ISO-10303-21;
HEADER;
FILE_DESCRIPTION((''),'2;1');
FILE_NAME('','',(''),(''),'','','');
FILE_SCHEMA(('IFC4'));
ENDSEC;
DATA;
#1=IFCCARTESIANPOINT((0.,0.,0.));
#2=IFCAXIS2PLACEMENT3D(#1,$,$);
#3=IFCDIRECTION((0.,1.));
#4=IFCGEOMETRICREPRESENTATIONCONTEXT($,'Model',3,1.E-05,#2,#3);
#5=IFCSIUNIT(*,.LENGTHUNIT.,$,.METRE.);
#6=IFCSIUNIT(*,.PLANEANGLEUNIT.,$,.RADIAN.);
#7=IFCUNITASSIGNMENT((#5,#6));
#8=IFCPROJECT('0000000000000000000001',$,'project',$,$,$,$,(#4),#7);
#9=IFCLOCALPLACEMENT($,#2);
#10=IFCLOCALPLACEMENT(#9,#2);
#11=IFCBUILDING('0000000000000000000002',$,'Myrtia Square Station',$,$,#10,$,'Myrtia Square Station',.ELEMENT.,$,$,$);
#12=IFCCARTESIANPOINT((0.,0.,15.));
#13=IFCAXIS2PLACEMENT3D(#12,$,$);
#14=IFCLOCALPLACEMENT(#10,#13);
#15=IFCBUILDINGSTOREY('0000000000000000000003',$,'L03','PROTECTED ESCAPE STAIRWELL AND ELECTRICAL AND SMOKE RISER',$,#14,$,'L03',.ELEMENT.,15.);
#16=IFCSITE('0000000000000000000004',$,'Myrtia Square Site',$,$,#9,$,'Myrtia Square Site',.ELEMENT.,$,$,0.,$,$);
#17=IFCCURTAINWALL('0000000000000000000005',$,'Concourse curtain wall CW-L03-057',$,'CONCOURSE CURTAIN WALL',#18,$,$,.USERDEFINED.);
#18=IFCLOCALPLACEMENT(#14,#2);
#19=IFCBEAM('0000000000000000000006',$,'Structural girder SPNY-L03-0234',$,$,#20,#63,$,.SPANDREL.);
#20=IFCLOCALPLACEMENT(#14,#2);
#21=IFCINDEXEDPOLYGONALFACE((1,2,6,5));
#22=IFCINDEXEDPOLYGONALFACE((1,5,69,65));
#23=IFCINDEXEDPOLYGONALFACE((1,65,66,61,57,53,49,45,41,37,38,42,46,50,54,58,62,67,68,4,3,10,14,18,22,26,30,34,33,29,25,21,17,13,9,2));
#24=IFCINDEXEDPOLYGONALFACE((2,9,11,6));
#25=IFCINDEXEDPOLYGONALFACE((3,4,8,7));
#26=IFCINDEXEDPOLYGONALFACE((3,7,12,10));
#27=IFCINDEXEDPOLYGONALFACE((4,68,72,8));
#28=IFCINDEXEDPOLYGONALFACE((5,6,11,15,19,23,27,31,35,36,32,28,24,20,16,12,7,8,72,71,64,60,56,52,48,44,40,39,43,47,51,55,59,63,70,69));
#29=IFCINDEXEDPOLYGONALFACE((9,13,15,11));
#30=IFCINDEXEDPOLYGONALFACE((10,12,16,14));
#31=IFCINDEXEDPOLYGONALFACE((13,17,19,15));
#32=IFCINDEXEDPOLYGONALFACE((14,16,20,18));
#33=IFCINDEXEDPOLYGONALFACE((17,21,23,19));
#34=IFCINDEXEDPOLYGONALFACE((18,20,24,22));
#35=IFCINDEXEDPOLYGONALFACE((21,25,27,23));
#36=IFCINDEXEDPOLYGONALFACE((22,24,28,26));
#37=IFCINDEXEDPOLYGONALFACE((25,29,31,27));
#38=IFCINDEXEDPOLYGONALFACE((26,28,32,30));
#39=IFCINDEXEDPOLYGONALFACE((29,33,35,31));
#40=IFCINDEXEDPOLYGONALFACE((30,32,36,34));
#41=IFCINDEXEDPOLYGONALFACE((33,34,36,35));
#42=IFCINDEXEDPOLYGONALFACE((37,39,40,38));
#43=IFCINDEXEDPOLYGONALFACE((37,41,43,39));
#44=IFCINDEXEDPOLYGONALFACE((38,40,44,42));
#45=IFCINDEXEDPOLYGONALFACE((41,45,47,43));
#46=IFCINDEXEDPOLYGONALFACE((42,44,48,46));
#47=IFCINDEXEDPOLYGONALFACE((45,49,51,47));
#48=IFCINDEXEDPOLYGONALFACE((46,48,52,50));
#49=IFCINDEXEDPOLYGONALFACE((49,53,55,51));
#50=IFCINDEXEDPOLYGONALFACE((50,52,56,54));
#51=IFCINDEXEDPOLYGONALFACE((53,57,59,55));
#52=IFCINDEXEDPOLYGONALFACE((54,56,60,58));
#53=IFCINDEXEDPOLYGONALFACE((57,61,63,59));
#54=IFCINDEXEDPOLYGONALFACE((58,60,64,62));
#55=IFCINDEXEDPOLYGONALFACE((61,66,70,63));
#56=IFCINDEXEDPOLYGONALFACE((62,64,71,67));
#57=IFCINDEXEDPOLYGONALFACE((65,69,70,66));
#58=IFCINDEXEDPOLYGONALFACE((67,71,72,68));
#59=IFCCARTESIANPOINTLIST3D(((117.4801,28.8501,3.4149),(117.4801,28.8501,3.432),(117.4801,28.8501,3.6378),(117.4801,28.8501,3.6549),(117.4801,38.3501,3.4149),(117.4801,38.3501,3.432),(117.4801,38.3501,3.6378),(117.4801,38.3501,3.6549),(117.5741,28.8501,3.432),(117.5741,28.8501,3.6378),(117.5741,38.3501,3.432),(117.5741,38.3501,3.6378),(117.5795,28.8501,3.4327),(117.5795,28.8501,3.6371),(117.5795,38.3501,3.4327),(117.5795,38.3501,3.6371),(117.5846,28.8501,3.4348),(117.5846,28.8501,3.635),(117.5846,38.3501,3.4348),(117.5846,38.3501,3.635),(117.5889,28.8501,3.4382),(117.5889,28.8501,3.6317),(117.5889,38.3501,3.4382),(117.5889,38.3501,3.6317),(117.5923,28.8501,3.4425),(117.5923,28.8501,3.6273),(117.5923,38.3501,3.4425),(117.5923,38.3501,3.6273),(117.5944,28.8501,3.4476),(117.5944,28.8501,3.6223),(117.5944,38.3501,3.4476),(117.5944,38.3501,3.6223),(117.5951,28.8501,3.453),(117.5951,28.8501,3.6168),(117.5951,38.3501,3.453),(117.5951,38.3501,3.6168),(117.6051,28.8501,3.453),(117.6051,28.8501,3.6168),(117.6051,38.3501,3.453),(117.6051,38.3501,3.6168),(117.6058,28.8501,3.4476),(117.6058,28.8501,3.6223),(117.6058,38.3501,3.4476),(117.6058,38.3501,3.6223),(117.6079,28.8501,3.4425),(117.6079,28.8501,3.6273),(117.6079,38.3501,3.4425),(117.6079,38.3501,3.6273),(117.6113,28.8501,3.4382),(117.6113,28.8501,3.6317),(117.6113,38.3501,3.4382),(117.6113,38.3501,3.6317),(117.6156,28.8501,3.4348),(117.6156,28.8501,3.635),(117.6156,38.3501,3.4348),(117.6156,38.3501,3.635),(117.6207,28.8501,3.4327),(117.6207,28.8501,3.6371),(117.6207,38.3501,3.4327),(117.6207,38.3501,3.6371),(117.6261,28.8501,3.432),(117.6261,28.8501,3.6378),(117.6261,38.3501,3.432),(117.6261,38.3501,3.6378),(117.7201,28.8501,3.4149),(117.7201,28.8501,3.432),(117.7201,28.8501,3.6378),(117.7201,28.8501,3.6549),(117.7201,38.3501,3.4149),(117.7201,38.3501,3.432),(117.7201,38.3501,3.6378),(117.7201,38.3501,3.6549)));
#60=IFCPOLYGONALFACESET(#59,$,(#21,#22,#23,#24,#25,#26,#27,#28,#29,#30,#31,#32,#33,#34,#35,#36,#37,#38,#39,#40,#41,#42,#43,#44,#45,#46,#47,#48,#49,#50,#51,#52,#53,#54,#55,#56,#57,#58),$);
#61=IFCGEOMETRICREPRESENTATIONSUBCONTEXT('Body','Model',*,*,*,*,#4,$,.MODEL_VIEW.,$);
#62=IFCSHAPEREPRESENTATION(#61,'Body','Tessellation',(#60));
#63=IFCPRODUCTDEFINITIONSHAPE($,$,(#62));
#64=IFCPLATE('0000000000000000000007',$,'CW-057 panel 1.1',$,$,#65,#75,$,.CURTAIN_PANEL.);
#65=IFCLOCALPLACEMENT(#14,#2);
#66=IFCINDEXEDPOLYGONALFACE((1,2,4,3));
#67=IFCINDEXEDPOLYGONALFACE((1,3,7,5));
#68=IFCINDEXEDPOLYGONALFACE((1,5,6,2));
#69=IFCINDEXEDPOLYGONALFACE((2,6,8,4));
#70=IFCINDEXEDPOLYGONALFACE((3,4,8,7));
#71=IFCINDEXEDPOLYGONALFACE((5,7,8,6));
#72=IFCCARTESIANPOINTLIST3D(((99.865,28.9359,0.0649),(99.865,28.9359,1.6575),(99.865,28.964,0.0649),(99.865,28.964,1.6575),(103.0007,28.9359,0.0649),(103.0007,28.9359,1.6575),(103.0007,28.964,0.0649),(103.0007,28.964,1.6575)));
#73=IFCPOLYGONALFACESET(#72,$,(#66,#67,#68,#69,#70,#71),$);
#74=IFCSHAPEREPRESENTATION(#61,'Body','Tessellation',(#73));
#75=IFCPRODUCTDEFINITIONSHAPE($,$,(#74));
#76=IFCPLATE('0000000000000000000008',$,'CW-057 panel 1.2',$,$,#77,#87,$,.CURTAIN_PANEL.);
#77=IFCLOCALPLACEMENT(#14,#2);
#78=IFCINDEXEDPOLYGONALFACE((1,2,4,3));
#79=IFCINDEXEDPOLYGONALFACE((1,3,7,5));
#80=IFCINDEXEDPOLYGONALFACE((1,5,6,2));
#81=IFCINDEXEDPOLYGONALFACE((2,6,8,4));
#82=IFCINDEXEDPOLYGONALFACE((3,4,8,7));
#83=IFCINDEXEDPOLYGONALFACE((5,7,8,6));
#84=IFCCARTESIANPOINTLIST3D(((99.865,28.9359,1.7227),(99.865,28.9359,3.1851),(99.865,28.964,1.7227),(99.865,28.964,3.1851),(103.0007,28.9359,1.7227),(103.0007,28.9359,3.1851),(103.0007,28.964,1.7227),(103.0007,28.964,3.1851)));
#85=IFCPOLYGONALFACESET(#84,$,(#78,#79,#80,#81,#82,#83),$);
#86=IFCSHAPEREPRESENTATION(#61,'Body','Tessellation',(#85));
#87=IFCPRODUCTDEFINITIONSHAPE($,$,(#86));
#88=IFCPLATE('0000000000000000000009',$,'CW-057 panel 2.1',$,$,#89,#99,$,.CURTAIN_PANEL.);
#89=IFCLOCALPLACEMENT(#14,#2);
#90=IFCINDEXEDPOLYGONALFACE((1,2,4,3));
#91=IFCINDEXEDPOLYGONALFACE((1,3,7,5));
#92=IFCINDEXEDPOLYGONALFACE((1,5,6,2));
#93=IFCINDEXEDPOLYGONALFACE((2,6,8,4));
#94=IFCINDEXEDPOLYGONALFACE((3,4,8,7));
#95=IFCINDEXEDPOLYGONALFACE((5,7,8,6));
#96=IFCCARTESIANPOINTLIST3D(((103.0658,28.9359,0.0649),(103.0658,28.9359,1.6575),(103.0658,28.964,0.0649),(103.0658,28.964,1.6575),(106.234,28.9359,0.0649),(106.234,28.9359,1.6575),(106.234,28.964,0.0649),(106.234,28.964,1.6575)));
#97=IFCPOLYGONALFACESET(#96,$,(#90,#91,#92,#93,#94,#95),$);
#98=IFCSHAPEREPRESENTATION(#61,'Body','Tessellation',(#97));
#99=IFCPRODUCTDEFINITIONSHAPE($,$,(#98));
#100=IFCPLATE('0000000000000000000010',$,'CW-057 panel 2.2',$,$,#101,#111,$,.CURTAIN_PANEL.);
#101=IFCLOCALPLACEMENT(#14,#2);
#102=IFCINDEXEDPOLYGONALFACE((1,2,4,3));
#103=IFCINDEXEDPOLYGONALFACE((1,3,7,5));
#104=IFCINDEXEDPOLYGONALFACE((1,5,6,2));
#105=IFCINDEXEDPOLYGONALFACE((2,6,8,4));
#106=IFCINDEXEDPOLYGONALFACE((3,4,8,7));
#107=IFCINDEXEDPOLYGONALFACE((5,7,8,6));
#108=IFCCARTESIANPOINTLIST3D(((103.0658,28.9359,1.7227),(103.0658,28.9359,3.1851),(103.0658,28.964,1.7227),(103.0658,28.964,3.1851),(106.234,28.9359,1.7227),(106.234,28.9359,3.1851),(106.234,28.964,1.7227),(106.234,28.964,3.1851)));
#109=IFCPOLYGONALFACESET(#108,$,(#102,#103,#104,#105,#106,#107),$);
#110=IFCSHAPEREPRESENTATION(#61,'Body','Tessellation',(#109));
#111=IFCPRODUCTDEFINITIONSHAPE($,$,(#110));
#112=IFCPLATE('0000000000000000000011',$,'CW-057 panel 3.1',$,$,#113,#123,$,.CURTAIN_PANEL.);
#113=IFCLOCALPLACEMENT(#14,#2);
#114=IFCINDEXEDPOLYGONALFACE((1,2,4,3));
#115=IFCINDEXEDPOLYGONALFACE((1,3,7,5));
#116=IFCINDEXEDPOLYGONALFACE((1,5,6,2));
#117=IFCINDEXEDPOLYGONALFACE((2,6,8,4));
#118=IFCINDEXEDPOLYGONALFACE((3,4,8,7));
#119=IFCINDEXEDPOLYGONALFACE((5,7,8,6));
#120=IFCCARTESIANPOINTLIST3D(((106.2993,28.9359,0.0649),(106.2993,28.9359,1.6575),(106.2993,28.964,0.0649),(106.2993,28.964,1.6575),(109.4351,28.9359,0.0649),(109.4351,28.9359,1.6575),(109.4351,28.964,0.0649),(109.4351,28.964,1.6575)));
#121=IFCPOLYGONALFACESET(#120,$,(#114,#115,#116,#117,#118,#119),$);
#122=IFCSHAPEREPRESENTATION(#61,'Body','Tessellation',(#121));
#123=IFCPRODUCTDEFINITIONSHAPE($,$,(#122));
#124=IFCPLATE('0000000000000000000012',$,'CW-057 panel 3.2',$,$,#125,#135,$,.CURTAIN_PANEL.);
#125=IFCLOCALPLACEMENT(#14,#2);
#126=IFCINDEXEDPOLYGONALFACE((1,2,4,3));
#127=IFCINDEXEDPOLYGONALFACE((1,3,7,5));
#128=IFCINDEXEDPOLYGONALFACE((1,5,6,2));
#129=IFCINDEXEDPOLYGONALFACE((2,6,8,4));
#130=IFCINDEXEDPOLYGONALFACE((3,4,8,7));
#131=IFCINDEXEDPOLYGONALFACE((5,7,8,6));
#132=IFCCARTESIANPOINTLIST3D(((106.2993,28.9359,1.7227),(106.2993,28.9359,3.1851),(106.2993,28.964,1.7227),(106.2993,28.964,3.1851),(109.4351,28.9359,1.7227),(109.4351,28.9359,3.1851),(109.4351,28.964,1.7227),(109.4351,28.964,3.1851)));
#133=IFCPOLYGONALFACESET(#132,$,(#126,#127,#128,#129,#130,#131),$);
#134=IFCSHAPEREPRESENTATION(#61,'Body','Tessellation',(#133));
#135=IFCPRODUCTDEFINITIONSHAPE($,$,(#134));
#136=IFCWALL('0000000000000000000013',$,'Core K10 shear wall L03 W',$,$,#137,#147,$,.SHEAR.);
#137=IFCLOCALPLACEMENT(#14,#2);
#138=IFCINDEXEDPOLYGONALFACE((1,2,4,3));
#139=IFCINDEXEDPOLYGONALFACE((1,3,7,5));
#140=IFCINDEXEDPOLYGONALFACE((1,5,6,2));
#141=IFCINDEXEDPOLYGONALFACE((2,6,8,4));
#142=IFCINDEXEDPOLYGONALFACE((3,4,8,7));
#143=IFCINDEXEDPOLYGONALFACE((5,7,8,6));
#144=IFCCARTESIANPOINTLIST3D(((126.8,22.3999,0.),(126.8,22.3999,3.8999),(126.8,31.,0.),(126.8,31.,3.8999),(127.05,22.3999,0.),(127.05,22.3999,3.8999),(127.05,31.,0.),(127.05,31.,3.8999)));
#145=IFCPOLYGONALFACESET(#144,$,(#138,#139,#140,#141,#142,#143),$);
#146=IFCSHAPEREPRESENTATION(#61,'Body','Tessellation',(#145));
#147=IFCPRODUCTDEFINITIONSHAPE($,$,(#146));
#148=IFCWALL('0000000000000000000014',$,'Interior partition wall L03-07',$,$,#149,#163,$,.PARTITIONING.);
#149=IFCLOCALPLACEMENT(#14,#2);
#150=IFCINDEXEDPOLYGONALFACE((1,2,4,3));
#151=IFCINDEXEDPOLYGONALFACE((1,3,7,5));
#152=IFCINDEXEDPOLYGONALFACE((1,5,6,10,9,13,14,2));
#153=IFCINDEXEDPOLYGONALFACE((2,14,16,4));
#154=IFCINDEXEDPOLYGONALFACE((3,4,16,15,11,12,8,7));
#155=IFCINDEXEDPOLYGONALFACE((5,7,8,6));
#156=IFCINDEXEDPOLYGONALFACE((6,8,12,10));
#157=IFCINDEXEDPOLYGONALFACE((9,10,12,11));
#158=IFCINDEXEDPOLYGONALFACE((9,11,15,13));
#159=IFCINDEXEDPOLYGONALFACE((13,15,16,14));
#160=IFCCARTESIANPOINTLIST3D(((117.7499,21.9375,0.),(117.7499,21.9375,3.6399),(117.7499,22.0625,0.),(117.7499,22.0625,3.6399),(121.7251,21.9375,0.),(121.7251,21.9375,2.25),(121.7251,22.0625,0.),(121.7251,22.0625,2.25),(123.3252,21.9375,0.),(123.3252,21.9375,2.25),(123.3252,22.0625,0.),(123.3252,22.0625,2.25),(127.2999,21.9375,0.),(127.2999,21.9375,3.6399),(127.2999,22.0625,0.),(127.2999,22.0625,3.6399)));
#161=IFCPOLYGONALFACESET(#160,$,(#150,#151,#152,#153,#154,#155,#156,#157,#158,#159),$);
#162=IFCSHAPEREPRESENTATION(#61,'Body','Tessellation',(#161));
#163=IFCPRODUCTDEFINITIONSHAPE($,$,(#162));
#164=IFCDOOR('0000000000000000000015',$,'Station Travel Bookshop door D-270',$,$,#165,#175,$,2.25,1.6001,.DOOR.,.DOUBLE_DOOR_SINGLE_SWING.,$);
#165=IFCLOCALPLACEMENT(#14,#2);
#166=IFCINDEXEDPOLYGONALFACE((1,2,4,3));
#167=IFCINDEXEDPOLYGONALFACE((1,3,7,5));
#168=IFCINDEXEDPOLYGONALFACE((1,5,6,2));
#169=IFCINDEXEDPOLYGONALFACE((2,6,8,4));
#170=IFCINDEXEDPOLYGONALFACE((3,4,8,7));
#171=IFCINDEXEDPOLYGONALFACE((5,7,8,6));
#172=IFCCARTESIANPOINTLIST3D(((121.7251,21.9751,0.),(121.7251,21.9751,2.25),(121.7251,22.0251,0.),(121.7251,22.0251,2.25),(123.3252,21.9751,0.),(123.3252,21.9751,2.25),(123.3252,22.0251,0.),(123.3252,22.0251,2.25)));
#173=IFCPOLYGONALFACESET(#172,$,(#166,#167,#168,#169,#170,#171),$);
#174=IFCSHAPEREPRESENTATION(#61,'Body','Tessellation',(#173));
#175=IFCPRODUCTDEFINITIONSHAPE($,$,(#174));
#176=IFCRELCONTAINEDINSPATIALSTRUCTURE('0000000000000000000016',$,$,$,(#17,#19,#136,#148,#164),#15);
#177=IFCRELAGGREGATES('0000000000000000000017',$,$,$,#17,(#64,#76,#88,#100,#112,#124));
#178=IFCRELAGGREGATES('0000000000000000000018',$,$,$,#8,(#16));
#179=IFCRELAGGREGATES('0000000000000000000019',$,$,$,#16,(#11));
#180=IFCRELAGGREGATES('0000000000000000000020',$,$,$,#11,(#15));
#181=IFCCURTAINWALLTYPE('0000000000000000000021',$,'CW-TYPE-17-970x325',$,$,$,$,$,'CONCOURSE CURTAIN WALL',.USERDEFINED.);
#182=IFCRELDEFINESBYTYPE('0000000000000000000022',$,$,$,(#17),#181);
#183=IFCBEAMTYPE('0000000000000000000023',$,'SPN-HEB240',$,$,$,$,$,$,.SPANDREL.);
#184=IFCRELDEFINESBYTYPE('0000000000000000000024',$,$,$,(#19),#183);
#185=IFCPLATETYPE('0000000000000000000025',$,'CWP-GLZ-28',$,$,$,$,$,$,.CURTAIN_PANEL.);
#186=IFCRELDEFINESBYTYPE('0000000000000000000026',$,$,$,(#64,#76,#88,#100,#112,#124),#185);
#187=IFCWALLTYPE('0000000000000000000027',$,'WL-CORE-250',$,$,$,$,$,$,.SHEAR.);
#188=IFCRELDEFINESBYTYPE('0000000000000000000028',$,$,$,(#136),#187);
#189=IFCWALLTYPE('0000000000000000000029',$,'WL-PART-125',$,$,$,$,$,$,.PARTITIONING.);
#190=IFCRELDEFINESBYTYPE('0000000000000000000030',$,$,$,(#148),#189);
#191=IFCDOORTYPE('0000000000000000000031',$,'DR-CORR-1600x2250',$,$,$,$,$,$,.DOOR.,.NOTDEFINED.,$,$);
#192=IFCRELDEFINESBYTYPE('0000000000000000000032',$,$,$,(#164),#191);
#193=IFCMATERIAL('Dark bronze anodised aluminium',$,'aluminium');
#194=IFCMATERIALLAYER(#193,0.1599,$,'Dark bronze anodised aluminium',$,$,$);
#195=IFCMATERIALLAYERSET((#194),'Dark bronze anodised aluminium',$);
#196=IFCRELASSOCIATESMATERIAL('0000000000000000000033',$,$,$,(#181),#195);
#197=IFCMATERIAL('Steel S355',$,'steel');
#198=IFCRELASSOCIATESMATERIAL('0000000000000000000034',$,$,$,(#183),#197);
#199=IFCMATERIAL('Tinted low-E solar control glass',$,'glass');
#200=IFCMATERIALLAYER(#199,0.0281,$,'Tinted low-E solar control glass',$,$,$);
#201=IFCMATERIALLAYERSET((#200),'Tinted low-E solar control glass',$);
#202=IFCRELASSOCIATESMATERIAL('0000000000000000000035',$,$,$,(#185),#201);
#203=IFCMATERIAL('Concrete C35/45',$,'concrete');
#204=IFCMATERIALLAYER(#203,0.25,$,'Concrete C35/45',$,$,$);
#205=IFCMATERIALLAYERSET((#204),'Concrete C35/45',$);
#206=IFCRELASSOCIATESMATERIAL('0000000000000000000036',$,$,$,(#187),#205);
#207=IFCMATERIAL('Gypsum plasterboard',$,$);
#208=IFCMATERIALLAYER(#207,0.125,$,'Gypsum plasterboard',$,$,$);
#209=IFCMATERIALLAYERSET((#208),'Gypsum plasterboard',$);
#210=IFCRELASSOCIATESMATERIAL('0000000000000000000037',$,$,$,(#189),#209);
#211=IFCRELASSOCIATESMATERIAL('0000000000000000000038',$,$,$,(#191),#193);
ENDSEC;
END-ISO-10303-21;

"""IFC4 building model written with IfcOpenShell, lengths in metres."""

from ifc_helpers import new_model, si_unit, direction, frame, frame_2d, origin, origin_2d, place, context, subcontext, project, spatial, rectangle, i_section, extrude, material, layer, layer_set, material_profile, profile_set, type_object, element, fill, aggregate, save


model = new_model("IFC4")

# Units and contexts
model_context = context("Model", 3, precision=1e-05, world=origin(), true_north=direction((0.0, 1.0)))
body_context = subcontext(model_context, "Body", "Model", "MODEL_VIEW")
ifc_project = project(units=[si_unit("LENGTHUNIT", "METRE"), si_unit("PLANEANGLEUNIT", "RADIAN")], contexts=[model_context])

# Site, building, storey
site_placement = place(None, origin())
site = spatial("IfcSite", under=ifc_project, at=site_placement, Name="Myrtia Square Site", LongName="Myrtia Square Site", CompositionType="ELEMENT", RefElevation=0.0)
building_placement = place(site_placement, origin())
building = spatial("IfcBuilding", under=site, at=building_placement, Name="Myrtia Square Station", LongName="Myrtia Square Station", CompositionType="ELEMENT")
storey_placement = place(building_placement, frame((0.0, 0.0, 15.0)))
storey = spatial("IfcBuildingStorey", under=building, at=storey_placement, Name="L03", Description="PROTECTED ESCAPE STAIRWELL AND ELECTRICAL AND SMOKE RISER", LongName="L03", CompositionType="ELEMENT", Elevation=15.0)

# Shared definitions
ifc_material_1 = material(Name="Steel S355", Category="steel")

# Curtain wall
ifc_material_2 = material(Name="Dark bronze anodised aluminium", Category="aluminium")
ifc_layer_1 = layer(ifc_material_2, 0.1599, Name="Dark bronze anodised aluminium")
ifc_layer_set_1 = layer_set([ifc_layer_1], Name="Dark bronze anodised aluminium")
curtain_wall_type_1 = type_object("IfcCurtainWallType", Name="CW-TYPE-17-970x325", ElementType="CONCOURSE CURTAIN WALL", PredefinedType="USERDEFINED", material=ifc_layer_set_1)
curtain_wall_1_placement = place(storey_placement, origin())
curtain_wall_1 = element("IfcCurtainWall", 1, at=curtain_wall_1_placement, inside=storey, type_object=curtain_wall_type_1, Name="Concourse curtain wall CW-L03-057", ObjectType="CONCOURSE CURTAIN WALL", PredefinedType="USERDEFINED")

# Beam
ifc_material_profile_1 = material_profile(ifc_material_1, i_section(OverallWidth=0.24, OverallDepth=0.24, WebThickness=0.01, FlangeThickness=0.0171, FilletRadius=0.021, at=origin_2d()), Name="HEB 240")
ifc_profile_set_1 = profile_set([ifc_material_profile_1], Name="Steel S355")
beam_type_1 = type_object("IfcBeamType", Name="SPN-HEB240", PredefinedType="SPANDREL", material=ifc_profile_set_1)
beam_1_placement = place(storey_placement, frame((117.6001, 28.8501, 3.5349), z_axis=(0.0, 1.0, 0.0), x_axis=(-1.0, 0.0, 0.0)))
element("IfcBeam", 2, at=beam_1_placement, inside=storey, type_object=beam_type_1, Name="Structural girder SPNY-L03-0234", PredefinedType="SPANDREL", context=body_context, shape_type="SweptSolid", body=[
    extrude(i_section(OverallWidth=0.24, OverallDepth=0.24, WebThickness=0.01, FlangeThickness=0.0171, FilletRadius=0.021, at=origin_2d()), origin(), (0.0, 0.0, 1.0), 9.5),
])

# Plates
ifc_material_3 = material(Name="Tinted low-E solar control glass", Category="glass")
ifc_layer_2 = layer(ifc_material_3, 0.0281, Name="Tinted low-E solar control glass")
ifc_layer_set_2 = layer_set([ifc_layer_2], Name="Tinted low-E solar control glass")
plate_type = type_object("IfcPlateType", Name="CWP-GLZ-28", PredefinedType="CURTAIN_PANEL", material=ifc_layer_set_2)
plate_1_placement = place(storey_placement, frame((101.4329, 28.95, 0.0649), z_axis=(0.0, 0.0, 1.0), x_axis=(1.0, 0.0, 0.0)))
plate_1 = element("IfcPlate", 3, at=plate_1_placement, type_object=plate_type, Name="CW-057 panel 1.1", PredefinedType="CURTAIN_PANEL", context=body_context, shape_type="SweptSolid", body=[
    extrude(rectangle(XDim=3.1357, YDim=0.0281, at=origin_2d()), origin(), (0.0, 0.0, 1.0), 1.5925),
])
plate_2_placement = place(storey_placement, frame((101.4329, 28.95, 1.7227), z_axis=(0.0, 0.0, 1.0), x_axis=(1.0, 0.0, 0.0)))
plate_2 = element("IfcPlate", 4, at=plate_2_placement, type_object=plate_type, Name="CW-057 panel 1.2", PredefinedType="CURTAIN_PANEL", context=body_context, shape_type="SweptSolid", body=[
    extrude(rectangle(XDim=3.1357, YDim=0.0281, at=origin_2d()), origin(), (0.0, 0.0, 1.0), 1.4624),
])
plate_3_placement = place(storey_placement, frame((104.6499, 28.95, 0.0649), z_axis=(0.0, 0.0, 1.0), x_axis=(1.0, 0.0, 0.0)))
plate_3 = element("IfcPlate", 5, at=plate_3_placement, type_object=plate_type, Name="CW-057 panel 2.1", PredefinedType="CURTAIN_PANEL", context=body_context, shape_type="SweptSolid", body=[
    extrude(rectangle(XDim=3.1682, YDim=0.0281, at=origin_2d()), origin(), (0.0, 0.0, 1.0), 1.5925),
])
plate_4_placement = place(storey_placement, frame((104.6499, 28.95, 1.7227), z_axis=(0.0, 0.0, 1.0), x_axis=(1.0, 0.0, 0.0)))
plate_4 = element("IfcPlate", 6, at=plate_4_placement, type_object=plate_type, Name="CW-057 panel 2.2", PredefinedType="CURTAIN_PANEL", context=body_context, shape_type="SweptSolid", body=[
    extrude(rectangle(XDim=3.1682, YDim=0.0281, at=origin_2d()), origin(), (0.0, 0.0, 1.0), 1.4624),
])
plate_5_placement = place(storey_placement, frame((107.8672, 28.95, 0.0649), z_axis=(0.0, 0.0, 1.0), x_axis=(1.0, 0.0, 0.0)))
plate_5 = element("IfcPlate", 7, at=plate_5_placement, type_object=plate_type, Name="CW-057 panel 3.1", PredefinedType="CURTAIN_PANEL", context=body_context, shape_type="SweptSolid", body=[
    extrude(rectangle(XDim=3.1357, YDim=0.0281, at=origin_2d()), origin(), (0.0, 0.0, 1.0), 1.5925),
])
plate_6_placement = place(storey_placement, frame((107.8672, 28.95, 1.7227), z_axis=(0.0, 0.0, 1.0), x_axis=(1.0, 0.0, 0.0)))
plate_6 = element("IfcPlate", 8, at=plate_6_placement, type_object=plate_type, Name="CW-057 panel 3.2", PredefinedType="CURTAIN_PANEL", context=body_context, shape_type="SweptSolid", body=[
    extrude(rectangle(XDim=3.1357, YDim=0.0281, at=origin_2d()), origin(), (0.0, 0.0, 1.0), 1.4624),
])
aggregate(curtain_wall_1, [plate_1, plate_2, plate_3, plate_4, plate_5, plate_6])

# Shared definitions
ifc_material_4 = material(Name="Concrete C35/45", Category="concrete")
ifc_layer_3 = layer(ifc_material_4, 0.25, Name="Concrete C35/45")
ifc_layer_set_3 = layer_set([ifc_layer_3], Name="Concrete C35/45")
wall_type_1 = type_object("IfcWallType", Name="WL-CORE-250", PredefinedType="SHEAR", material=ifc_layer_set_3)

# Wall
wall_1_placement = place(storey_placement, frame((126.925, 22.3999, 0.0), z_axis=(0.0, 0.0, 1.0), x_axis=(0.0, 1.0, 0.0)))
element("IfcWall", 9, at=wall_1_placement, inside=storey, type_object=wall_type_1, Name="Core K10 shear wall L03 W", PredefinedType="SHEAR", context=body_context, shape_type="SweptSolid", body=[
    extrude(rectangle(XDim=8.6001, YDim=0.25, at=frame_2d((4.3, 0.0))), origin(), (0.0, 0.0, 1.0), 3.8999),
])

# Wall, opening, door
ifc_material_5 = material(Name="Gypsum plasterboard")
ifc_layer_4 = layer(ifc_material_5, 0.125, Name="Gypsum plasterboard")
ifc_layer_set_4 = layer_set([ifc_layer_4], Name="Gypsum plasterboard")
wall_type_2 = type_object("IfcWallType", Name="WL-PART-125", PredefinedType="PARTITIONING", material=ifc_layer_set_4)
wall_2_placement = place(storey_placement, frame((117.75, 22.0, 0.0), z_axis=(0.0, 0.0, 1.0), x_axis=(1.0, 0.0, 0.0)))
wall_2 = element("IfcWall", 10, at=wall_2_placement, inside=storey, type_object=wall_type_2, Name="Interior partition wall L03-07", PredefinedType="PARTITIONING", context=body_context, shape_type="SweptSolid", body=[
    extrude(rectangle(XDim=9.55, YDim=0.125, at=frame_2d((4.7749, 0.0))), origin(), (0.0, 0.0, 1.0), 3.6399),
])
opening_1_placement = place(wall_2_placement, frame((3.9751, 0.0, 0.0)))
opening_1 = element("IfcOpeningElement", 11, at=opening_1_placement, cuts=wall_2, PredefinedType="OPENING", context=body_context, shape_type="SweptSolid", body=[
    extrude(rectangle(XDim=1.6001, YDim=2.25, at=frame_2d((0.8, 1.125))), frame((0.0, 0.0774, 0.0), z_axis=(0.0, -1.0, 0.0), x_axis=(1.0, 0.0, 0.0)), (0.0, 0.0, 1.0), 0.155),
])
door_type_1 = type_object("IfcDoorType", Name="DR-CORR-1600x2250", OperationType="NOTDEFINED", PredefinedType="DOOR", material=ifc_material_2)
door_1_placement = place(opening_1_placement, frame((1.6001, 0.0, 0.0), z_axis=(0.0, 0.0, 1.0), x_axis=(-1.0, 0.0, 0.0)))
door_1 = element("IfcDoor", 12, at=door_1_placement, inside=storey, type_object=door_type_1, Name="Station Travel Bookshop door D-270", OperationType="DOUBLE_DOOR_SINGLE_SWING", OverallHeight=2.25, OverallWidth=1.6001, PredefinedType="DOOR", context=body_context, shape_type="SweptSolid", body=[
    extrude(rectangle(XDim=1.6001, YDim=2.25, at=frame_2d((0.8, 1.125))), frame((0.0, 0.0249, 0.0), z_axis=(0.0, -1.0, 0.0), x_axis=(1.0, 0.0, 0.0)), (0.0, 0.0, 1.0), 0.05),
])
fill(opening_1, door_1)

save(model, "model.ifc")
